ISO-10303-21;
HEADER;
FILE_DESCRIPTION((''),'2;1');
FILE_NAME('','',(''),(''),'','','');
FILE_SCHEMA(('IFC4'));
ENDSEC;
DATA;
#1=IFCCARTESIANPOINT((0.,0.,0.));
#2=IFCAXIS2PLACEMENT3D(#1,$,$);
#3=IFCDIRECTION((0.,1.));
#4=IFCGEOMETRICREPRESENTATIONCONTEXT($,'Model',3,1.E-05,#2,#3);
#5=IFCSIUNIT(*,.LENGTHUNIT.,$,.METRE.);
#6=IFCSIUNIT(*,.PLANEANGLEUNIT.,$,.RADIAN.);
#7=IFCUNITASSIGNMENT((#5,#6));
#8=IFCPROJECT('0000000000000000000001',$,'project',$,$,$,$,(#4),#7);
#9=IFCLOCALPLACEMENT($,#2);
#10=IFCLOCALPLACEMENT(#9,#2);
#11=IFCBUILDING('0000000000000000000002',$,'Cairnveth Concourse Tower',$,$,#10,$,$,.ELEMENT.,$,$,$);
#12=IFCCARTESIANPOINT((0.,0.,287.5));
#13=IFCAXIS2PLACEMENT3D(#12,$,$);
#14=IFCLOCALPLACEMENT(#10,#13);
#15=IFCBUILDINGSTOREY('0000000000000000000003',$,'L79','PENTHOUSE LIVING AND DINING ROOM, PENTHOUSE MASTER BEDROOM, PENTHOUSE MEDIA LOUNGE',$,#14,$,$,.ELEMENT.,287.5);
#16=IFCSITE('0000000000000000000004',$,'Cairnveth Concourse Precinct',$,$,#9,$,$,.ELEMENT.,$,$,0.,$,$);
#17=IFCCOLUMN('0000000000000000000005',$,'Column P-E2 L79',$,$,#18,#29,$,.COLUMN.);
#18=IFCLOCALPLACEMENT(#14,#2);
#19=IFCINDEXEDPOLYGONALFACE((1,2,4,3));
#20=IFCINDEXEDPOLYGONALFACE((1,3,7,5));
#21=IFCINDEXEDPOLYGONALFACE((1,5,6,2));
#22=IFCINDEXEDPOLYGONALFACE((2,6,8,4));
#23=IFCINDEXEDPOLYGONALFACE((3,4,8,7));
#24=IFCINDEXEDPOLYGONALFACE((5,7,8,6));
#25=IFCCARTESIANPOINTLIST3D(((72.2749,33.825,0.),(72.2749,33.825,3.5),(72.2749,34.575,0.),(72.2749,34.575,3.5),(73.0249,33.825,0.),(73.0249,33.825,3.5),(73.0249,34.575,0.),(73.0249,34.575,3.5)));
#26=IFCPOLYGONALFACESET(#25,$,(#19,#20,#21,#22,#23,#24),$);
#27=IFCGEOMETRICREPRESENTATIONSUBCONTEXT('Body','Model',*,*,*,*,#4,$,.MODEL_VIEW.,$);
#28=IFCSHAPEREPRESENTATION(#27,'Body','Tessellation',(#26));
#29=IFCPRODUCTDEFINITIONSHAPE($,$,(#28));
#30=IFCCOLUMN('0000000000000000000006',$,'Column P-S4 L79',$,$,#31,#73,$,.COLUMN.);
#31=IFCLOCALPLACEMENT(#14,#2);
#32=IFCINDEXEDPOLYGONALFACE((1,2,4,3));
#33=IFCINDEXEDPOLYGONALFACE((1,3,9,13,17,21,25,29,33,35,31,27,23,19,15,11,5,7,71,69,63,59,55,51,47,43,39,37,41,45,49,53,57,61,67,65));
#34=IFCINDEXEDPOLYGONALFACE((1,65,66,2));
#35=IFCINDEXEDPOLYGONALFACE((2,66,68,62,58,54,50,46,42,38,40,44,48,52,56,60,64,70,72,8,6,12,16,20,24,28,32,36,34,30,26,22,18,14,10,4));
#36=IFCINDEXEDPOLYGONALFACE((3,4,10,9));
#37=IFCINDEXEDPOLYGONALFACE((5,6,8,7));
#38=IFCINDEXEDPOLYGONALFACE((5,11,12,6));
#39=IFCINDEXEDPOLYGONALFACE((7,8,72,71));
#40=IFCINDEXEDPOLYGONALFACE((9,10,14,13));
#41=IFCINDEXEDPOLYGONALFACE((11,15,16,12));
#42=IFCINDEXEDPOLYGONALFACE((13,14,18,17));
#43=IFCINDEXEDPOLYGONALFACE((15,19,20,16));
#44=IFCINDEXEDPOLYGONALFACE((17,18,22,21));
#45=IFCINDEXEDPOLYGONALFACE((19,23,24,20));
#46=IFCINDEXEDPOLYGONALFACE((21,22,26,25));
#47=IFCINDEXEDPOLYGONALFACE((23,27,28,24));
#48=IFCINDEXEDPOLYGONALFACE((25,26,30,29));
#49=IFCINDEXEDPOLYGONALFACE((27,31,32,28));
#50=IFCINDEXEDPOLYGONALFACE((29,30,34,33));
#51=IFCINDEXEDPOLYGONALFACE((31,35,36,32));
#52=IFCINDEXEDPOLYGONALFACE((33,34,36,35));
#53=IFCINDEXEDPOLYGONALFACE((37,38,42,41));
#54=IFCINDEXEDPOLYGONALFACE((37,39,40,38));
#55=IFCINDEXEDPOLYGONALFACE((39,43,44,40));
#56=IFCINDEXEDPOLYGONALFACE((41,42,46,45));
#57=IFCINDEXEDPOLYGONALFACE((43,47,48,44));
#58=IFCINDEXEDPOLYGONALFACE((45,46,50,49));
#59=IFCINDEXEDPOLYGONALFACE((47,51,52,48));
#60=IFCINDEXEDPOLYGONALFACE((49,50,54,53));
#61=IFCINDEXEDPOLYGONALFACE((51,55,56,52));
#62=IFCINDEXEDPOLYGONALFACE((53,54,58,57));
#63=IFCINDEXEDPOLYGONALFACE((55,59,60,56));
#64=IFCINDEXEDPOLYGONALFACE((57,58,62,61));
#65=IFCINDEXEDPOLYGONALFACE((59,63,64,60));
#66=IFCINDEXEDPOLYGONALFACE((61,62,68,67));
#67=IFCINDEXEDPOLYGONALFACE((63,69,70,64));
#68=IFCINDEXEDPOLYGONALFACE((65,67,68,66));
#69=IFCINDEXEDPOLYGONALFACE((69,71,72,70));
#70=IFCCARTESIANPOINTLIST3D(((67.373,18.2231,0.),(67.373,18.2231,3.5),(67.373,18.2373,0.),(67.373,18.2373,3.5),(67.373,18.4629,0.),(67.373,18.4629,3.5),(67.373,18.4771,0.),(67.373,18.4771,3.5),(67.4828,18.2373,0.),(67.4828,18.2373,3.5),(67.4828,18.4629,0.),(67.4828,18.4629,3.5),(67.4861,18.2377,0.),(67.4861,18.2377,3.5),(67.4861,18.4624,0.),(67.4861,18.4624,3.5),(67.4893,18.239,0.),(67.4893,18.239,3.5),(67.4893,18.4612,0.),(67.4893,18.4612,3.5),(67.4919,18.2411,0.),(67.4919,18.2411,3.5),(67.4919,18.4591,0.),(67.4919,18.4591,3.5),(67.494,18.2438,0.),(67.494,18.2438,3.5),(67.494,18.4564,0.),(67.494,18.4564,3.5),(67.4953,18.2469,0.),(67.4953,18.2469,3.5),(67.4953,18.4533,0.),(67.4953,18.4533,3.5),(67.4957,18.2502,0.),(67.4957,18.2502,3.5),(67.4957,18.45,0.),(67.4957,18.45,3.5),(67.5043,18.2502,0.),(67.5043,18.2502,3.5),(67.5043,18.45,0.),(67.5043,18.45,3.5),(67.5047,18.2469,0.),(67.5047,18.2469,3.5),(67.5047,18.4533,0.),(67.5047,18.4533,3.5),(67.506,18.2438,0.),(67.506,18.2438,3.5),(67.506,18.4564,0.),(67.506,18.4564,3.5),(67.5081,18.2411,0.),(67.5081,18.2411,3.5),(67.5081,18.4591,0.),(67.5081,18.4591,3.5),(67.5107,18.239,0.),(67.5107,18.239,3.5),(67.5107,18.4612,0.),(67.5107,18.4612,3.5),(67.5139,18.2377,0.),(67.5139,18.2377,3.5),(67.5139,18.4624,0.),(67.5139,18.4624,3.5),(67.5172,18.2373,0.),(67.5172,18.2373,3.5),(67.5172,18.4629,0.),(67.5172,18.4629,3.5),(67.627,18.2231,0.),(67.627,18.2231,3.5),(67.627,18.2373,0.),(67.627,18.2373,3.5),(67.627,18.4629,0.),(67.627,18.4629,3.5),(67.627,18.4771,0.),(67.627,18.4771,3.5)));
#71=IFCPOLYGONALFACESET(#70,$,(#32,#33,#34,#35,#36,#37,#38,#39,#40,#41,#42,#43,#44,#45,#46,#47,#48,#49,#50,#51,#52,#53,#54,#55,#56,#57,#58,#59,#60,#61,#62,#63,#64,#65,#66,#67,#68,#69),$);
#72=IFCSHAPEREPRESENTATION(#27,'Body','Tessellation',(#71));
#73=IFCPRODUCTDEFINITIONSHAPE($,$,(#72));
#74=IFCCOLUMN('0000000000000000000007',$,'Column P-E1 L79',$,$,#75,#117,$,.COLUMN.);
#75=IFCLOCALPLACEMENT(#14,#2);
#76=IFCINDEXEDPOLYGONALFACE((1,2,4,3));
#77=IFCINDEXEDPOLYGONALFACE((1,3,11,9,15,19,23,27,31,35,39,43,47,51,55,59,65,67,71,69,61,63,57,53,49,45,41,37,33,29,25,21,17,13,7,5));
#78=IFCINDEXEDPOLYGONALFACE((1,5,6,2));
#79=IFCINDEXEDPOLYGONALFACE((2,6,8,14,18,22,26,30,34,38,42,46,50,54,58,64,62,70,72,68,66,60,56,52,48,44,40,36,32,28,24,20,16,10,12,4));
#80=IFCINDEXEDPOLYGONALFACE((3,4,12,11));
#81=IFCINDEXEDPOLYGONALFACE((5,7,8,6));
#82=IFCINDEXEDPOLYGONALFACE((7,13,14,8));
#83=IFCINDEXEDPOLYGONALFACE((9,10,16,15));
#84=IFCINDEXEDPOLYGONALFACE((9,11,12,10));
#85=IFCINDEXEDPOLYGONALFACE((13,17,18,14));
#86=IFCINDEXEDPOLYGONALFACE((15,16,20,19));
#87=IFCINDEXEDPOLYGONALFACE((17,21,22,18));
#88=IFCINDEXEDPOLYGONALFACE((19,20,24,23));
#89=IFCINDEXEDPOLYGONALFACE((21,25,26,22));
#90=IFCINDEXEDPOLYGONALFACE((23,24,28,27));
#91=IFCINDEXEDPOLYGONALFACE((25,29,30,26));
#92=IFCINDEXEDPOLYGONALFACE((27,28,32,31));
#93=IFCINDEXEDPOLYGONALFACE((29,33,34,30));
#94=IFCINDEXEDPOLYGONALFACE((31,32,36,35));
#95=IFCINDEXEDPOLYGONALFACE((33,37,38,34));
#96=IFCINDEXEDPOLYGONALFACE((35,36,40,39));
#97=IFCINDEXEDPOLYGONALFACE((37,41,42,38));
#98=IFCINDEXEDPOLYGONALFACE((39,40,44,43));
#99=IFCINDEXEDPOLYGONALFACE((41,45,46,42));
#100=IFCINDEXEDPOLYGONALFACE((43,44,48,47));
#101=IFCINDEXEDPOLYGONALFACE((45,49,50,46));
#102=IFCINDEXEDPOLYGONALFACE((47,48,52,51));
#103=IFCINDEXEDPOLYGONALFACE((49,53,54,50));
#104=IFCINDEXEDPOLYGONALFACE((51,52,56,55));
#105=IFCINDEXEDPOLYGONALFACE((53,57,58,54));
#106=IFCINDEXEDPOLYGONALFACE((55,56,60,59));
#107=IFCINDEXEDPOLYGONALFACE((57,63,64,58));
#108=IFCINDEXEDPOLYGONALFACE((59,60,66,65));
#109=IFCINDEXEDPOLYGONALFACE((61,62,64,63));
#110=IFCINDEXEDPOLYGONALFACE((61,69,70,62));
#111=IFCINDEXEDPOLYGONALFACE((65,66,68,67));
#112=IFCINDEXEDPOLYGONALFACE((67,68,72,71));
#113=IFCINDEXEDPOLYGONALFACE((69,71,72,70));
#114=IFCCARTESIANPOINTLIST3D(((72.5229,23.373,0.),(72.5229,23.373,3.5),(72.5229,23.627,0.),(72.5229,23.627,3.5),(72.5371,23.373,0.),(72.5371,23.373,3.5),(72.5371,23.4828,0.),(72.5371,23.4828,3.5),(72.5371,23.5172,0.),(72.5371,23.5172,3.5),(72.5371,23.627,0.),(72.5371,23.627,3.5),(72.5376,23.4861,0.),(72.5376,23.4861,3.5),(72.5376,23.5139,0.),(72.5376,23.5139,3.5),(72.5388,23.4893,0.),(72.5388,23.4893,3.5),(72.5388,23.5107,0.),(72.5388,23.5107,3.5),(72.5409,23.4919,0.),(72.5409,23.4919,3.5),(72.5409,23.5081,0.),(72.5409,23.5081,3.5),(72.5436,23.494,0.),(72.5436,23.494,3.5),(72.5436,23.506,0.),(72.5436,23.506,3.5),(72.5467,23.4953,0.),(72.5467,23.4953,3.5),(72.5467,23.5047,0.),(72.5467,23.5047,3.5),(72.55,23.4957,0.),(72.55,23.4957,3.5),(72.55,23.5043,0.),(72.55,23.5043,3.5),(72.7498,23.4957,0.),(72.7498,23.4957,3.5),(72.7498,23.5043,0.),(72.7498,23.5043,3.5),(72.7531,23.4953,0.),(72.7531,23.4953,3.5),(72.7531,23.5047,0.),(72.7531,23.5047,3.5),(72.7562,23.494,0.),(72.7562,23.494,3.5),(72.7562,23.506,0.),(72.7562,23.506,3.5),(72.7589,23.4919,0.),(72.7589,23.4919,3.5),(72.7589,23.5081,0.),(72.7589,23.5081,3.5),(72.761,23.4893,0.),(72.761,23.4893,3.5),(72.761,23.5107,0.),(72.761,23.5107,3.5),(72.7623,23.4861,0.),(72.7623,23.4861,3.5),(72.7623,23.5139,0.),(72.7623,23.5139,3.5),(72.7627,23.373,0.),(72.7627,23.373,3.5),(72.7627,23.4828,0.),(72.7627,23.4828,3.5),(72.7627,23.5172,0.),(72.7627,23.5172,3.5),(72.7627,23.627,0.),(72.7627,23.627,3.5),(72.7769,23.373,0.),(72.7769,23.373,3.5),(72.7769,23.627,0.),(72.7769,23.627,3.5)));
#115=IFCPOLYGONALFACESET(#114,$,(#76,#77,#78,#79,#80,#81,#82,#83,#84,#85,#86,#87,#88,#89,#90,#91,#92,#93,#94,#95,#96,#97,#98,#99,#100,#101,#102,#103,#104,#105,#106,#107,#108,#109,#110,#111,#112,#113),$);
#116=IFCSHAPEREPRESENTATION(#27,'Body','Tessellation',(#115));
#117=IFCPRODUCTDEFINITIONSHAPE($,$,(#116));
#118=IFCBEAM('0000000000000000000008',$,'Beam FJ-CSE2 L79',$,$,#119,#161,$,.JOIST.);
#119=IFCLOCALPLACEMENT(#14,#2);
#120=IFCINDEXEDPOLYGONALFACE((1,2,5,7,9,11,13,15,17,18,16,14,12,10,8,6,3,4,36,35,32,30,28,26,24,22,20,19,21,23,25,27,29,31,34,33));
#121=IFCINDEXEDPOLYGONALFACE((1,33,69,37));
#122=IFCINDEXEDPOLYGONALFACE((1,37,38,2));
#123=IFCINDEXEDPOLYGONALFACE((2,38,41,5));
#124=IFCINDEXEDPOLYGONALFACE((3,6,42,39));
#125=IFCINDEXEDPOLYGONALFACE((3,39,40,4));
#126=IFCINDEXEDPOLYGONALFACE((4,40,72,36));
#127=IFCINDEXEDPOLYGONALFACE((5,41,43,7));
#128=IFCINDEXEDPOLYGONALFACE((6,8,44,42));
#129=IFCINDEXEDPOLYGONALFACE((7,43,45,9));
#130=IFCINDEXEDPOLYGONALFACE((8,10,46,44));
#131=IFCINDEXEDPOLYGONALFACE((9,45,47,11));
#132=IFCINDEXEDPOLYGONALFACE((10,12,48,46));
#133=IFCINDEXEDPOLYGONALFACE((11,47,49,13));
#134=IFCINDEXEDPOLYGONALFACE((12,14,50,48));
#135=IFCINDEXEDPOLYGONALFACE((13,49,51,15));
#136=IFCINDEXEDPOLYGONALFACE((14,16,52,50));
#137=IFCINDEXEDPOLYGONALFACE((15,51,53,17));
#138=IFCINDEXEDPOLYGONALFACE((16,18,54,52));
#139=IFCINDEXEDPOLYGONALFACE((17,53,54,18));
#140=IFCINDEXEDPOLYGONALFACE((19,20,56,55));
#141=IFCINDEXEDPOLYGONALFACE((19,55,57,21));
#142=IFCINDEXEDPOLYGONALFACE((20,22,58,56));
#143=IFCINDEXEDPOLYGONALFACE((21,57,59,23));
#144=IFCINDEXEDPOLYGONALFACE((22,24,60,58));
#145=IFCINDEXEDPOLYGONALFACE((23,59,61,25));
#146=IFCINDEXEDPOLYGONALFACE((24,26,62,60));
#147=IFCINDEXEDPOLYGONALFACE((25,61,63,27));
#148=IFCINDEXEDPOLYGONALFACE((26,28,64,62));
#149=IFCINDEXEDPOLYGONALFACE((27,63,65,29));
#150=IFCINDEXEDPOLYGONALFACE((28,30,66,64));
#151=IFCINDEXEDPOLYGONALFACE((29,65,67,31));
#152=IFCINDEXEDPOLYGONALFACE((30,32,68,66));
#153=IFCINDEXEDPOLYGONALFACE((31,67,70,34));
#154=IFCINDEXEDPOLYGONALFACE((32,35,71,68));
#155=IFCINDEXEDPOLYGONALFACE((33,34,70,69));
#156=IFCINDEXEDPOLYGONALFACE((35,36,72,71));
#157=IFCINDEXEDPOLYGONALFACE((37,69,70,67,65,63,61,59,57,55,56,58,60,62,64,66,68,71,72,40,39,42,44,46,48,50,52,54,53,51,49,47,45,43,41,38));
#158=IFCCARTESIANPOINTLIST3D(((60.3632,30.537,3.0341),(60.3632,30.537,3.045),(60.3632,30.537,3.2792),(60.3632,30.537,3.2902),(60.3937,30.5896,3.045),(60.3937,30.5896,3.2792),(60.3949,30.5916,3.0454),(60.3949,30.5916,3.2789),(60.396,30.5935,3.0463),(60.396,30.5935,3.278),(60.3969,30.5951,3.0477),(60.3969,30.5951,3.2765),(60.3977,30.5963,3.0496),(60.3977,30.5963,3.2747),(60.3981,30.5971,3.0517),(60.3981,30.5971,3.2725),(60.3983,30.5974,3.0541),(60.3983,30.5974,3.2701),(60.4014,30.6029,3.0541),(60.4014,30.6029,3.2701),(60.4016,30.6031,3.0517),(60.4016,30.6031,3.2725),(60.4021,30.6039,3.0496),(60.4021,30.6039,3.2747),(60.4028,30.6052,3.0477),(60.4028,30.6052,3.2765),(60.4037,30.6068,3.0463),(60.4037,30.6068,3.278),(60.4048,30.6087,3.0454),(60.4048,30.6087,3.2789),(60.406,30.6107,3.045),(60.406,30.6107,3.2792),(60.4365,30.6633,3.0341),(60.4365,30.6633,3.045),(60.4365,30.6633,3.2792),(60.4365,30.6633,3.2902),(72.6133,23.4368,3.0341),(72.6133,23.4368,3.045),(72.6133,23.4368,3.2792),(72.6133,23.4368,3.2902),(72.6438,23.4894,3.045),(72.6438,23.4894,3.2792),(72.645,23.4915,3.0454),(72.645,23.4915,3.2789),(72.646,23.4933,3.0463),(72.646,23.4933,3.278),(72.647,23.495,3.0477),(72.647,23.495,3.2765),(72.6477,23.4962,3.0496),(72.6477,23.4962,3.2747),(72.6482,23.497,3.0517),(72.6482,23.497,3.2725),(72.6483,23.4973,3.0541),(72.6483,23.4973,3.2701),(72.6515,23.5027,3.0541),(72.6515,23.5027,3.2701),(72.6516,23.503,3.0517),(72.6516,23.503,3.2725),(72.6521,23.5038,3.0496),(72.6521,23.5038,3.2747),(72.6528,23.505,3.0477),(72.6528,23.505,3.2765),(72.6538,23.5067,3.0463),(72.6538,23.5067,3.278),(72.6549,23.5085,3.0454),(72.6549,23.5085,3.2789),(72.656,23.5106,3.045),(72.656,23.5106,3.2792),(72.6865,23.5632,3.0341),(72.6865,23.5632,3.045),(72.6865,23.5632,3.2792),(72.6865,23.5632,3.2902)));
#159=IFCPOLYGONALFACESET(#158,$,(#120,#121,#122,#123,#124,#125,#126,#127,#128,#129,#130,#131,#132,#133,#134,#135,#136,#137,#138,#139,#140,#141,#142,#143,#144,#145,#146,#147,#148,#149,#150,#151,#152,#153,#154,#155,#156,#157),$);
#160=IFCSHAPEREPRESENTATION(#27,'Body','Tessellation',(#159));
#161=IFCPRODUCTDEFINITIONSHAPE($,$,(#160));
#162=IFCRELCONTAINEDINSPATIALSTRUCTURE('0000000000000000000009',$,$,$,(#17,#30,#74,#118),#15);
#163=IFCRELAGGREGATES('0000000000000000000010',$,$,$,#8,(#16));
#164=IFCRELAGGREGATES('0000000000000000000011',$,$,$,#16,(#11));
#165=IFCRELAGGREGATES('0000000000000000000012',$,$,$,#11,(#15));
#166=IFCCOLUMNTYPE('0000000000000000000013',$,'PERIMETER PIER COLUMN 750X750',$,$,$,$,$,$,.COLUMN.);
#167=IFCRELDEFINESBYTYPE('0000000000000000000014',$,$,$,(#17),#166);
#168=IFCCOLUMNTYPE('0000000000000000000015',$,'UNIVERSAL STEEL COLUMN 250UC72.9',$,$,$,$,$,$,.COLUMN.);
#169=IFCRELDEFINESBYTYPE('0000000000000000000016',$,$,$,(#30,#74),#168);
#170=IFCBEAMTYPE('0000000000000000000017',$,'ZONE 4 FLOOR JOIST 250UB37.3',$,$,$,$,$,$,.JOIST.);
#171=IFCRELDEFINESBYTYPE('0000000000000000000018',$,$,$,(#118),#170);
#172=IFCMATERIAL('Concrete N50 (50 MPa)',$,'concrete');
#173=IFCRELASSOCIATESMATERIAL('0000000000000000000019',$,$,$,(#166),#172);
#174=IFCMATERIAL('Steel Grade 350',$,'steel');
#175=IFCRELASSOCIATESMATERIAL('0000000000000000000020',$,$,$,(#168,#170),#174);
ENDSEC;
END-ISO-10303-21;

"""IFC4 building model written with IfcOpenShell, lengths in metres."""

from ifc_helpers import new_model, si_unit, direction, frame, origin, origin_2d, place, context, subcontext, project, spatial, rectangle, i_section, extrude, material, material_profile, profile_set, type_object, element, save


model = new_model("IFC4")

# Units and contexts
model_context = context("Model", 3, precision=1e-05, world=origin(), true_north=direction((0.0, 1.0)))
body_context = subcontext(model_context, "Body", "Model", "MODEL_VIEW")
ifc_project = project(units=[si_unit("LENGTHUNIT", "METRE"), si_unit("PLANEANGLEUNIT", "RADIAN")], contexts=[model_context])

# Site, building, storey
site_placement = place(None, origin())
site = spatial("IfcSite", under=ifc_project, at=site_placement, Name="Cairnveth Concourse Precinct", CompositionType="ELEMENT", RefElevation=0.0)
building_placement = place(site_placement, origin())
building = spatial("IfcBuilding", under=site, at=building_placement, Name="Cairnveth Concourse Tower", CompositionType="ELEMENT")
storey_placement = place(building_placement, frame((0.0, 0.0, 287.5)))
storey = spatial("IfcBuildingStorey", under=building, at=storey_placement, Name="L79", Description="PENTHOUSE LIVING AND DINING ROOM, PENTHOUSE MASTER BEDROOM, PENTHOUSE MEDIA LOUNGE", CompositionType="ELEMENT", Elevation=287.5)

# Columns
ifc_material_1 = material(Name="Concrete N50 (50 MPa)", Category="concrete")
ifc_material_profile_1 = material_profile(ifc_material_1, rectangle(XDim=0.75, YDim=0.75, at=origin_2d()), Name="RC-COL-750x750")
ifc_profile_set_1 = profile_set([ifc_material_profile_1], Name="Concrete N50 (50 MPa)")
column_type_1 = type_object("IfcColumnType", Name="PERIMETER PIER COLUMN 750X750", PredefinedType="COLUMN", material=ifc_profile_set_1)
column_placement = place(storey_placement, frame((72.6499, 34.2, 0.0), z_axis=(0.0, 0.0, 1.0), x_axis=(0.0, 1.0, 0.0)))
element("IfcColumn", 1, at=column_placement, inside=storey, type_object=column_type_1, Name="Column P-E2 L79", PredefinedType="COLUMN", context=body_context, shape_type="SweptSolid", body=[
    extrude(rectangle(XDim=0.75, YDim=0.75, at=origin_2d()), origin(), (0.0, 0.0, 1.0), 3.5),
])
ifc_material_2 = material(Name="Steel Grade 350", Category="steel")
ifc_material_profile_2 = material_profile(ifc_material_2, i_section(OverallWidth=0.2539, OverallDepth=0.2539, WebThickness=0.0085, FlangeThickness=0.0142, FilletRadius=0.0129, at=origin_2d()), Name="250UC72.9")
ifc_profile_set_2 = profile_set([ifc_material_profile_2], Name="Steel Grade 350")
column_type_2 = type_object("IfcColumnType", Name="UNIVERSAL STEEL COLUMN 250UC72.9", PredefinedType="COLUMN", material=ifc_profile_set_2)
for number, where, z_axis, x_axis, name in (
    (2, (67.5, 18.3501, 0.0), (0.0, 0.0, 1.0), (1.0, 0.0, 0.0), "Column P-S4 L79"),
    (3, (72.6499, 23.5, 0.0), (0.0, 0.0, 1.0), (0.0, 1.0, 0.0), "Column P-E1 L79"),
):
    element("IfcColumn", number, at=place(storey_placement, frame(where, z_axis=z_axis, x_axis=x_axis)), inside=storey, type_object=column_type_2, Name=name, PredefinedType="COLUMN", context=body_context, shape_type="SweptSolid", body=[
        extrude(i_section(OverallWidth=0.2539, OverallDepth=0.2539, WebThickness=0.0085, FlangeThickness=0.0142, FilletRadius=0.0129, at=origin_2d()), origin(), (0.0, 0.0, 1.0), 3.5),
    ])

# Beam
ifc_material_profile_3 = material_profile(ifc_material_2, i_section(OverallWidth=0.146, OverallDepth=0.2561, WebThickness=0.0063, FlangeThickness=0.011, FilletRadius=0.009, at=origin_2d()), Name="250UB37.3")
ifc_profile_set_3 = profile_set([ifc_material_profile_3], Name="Steel Grade 350")
beam_type_1 = type_object("IfcBeamType", Name="ZONE 4 FLOOR JOIST 250UB37.3", PredefinedType="JOIST", material=ifc_profile_set_3)
beam_1_placement = place(storey_placement, frame((72.6499, 23.5, 3.1621), z_axis=(-0.865181, 0.501459, 0.0), x_axis=(-0.501459, -0.865181, 0.0)))
element("IfcBeam", 4, at=beam_1_placement, inside=storey, type_object=beam_type_1, Name="Beam FJ-CSE2 L79", PredefinedType="JOIST", context=body_context, shape_type="SweptSolid", body=[
    extrude(i_section(OverallWidth=0.146, OverallDepth=0.2561, WebThickness=0.0063, FlangeThickness=0.011, FilletRadius=0.009, at=origin_2d()), origin(), (0.0, 0.0, 1.0), 14.1589),
])

save(model, "model.ifc")
